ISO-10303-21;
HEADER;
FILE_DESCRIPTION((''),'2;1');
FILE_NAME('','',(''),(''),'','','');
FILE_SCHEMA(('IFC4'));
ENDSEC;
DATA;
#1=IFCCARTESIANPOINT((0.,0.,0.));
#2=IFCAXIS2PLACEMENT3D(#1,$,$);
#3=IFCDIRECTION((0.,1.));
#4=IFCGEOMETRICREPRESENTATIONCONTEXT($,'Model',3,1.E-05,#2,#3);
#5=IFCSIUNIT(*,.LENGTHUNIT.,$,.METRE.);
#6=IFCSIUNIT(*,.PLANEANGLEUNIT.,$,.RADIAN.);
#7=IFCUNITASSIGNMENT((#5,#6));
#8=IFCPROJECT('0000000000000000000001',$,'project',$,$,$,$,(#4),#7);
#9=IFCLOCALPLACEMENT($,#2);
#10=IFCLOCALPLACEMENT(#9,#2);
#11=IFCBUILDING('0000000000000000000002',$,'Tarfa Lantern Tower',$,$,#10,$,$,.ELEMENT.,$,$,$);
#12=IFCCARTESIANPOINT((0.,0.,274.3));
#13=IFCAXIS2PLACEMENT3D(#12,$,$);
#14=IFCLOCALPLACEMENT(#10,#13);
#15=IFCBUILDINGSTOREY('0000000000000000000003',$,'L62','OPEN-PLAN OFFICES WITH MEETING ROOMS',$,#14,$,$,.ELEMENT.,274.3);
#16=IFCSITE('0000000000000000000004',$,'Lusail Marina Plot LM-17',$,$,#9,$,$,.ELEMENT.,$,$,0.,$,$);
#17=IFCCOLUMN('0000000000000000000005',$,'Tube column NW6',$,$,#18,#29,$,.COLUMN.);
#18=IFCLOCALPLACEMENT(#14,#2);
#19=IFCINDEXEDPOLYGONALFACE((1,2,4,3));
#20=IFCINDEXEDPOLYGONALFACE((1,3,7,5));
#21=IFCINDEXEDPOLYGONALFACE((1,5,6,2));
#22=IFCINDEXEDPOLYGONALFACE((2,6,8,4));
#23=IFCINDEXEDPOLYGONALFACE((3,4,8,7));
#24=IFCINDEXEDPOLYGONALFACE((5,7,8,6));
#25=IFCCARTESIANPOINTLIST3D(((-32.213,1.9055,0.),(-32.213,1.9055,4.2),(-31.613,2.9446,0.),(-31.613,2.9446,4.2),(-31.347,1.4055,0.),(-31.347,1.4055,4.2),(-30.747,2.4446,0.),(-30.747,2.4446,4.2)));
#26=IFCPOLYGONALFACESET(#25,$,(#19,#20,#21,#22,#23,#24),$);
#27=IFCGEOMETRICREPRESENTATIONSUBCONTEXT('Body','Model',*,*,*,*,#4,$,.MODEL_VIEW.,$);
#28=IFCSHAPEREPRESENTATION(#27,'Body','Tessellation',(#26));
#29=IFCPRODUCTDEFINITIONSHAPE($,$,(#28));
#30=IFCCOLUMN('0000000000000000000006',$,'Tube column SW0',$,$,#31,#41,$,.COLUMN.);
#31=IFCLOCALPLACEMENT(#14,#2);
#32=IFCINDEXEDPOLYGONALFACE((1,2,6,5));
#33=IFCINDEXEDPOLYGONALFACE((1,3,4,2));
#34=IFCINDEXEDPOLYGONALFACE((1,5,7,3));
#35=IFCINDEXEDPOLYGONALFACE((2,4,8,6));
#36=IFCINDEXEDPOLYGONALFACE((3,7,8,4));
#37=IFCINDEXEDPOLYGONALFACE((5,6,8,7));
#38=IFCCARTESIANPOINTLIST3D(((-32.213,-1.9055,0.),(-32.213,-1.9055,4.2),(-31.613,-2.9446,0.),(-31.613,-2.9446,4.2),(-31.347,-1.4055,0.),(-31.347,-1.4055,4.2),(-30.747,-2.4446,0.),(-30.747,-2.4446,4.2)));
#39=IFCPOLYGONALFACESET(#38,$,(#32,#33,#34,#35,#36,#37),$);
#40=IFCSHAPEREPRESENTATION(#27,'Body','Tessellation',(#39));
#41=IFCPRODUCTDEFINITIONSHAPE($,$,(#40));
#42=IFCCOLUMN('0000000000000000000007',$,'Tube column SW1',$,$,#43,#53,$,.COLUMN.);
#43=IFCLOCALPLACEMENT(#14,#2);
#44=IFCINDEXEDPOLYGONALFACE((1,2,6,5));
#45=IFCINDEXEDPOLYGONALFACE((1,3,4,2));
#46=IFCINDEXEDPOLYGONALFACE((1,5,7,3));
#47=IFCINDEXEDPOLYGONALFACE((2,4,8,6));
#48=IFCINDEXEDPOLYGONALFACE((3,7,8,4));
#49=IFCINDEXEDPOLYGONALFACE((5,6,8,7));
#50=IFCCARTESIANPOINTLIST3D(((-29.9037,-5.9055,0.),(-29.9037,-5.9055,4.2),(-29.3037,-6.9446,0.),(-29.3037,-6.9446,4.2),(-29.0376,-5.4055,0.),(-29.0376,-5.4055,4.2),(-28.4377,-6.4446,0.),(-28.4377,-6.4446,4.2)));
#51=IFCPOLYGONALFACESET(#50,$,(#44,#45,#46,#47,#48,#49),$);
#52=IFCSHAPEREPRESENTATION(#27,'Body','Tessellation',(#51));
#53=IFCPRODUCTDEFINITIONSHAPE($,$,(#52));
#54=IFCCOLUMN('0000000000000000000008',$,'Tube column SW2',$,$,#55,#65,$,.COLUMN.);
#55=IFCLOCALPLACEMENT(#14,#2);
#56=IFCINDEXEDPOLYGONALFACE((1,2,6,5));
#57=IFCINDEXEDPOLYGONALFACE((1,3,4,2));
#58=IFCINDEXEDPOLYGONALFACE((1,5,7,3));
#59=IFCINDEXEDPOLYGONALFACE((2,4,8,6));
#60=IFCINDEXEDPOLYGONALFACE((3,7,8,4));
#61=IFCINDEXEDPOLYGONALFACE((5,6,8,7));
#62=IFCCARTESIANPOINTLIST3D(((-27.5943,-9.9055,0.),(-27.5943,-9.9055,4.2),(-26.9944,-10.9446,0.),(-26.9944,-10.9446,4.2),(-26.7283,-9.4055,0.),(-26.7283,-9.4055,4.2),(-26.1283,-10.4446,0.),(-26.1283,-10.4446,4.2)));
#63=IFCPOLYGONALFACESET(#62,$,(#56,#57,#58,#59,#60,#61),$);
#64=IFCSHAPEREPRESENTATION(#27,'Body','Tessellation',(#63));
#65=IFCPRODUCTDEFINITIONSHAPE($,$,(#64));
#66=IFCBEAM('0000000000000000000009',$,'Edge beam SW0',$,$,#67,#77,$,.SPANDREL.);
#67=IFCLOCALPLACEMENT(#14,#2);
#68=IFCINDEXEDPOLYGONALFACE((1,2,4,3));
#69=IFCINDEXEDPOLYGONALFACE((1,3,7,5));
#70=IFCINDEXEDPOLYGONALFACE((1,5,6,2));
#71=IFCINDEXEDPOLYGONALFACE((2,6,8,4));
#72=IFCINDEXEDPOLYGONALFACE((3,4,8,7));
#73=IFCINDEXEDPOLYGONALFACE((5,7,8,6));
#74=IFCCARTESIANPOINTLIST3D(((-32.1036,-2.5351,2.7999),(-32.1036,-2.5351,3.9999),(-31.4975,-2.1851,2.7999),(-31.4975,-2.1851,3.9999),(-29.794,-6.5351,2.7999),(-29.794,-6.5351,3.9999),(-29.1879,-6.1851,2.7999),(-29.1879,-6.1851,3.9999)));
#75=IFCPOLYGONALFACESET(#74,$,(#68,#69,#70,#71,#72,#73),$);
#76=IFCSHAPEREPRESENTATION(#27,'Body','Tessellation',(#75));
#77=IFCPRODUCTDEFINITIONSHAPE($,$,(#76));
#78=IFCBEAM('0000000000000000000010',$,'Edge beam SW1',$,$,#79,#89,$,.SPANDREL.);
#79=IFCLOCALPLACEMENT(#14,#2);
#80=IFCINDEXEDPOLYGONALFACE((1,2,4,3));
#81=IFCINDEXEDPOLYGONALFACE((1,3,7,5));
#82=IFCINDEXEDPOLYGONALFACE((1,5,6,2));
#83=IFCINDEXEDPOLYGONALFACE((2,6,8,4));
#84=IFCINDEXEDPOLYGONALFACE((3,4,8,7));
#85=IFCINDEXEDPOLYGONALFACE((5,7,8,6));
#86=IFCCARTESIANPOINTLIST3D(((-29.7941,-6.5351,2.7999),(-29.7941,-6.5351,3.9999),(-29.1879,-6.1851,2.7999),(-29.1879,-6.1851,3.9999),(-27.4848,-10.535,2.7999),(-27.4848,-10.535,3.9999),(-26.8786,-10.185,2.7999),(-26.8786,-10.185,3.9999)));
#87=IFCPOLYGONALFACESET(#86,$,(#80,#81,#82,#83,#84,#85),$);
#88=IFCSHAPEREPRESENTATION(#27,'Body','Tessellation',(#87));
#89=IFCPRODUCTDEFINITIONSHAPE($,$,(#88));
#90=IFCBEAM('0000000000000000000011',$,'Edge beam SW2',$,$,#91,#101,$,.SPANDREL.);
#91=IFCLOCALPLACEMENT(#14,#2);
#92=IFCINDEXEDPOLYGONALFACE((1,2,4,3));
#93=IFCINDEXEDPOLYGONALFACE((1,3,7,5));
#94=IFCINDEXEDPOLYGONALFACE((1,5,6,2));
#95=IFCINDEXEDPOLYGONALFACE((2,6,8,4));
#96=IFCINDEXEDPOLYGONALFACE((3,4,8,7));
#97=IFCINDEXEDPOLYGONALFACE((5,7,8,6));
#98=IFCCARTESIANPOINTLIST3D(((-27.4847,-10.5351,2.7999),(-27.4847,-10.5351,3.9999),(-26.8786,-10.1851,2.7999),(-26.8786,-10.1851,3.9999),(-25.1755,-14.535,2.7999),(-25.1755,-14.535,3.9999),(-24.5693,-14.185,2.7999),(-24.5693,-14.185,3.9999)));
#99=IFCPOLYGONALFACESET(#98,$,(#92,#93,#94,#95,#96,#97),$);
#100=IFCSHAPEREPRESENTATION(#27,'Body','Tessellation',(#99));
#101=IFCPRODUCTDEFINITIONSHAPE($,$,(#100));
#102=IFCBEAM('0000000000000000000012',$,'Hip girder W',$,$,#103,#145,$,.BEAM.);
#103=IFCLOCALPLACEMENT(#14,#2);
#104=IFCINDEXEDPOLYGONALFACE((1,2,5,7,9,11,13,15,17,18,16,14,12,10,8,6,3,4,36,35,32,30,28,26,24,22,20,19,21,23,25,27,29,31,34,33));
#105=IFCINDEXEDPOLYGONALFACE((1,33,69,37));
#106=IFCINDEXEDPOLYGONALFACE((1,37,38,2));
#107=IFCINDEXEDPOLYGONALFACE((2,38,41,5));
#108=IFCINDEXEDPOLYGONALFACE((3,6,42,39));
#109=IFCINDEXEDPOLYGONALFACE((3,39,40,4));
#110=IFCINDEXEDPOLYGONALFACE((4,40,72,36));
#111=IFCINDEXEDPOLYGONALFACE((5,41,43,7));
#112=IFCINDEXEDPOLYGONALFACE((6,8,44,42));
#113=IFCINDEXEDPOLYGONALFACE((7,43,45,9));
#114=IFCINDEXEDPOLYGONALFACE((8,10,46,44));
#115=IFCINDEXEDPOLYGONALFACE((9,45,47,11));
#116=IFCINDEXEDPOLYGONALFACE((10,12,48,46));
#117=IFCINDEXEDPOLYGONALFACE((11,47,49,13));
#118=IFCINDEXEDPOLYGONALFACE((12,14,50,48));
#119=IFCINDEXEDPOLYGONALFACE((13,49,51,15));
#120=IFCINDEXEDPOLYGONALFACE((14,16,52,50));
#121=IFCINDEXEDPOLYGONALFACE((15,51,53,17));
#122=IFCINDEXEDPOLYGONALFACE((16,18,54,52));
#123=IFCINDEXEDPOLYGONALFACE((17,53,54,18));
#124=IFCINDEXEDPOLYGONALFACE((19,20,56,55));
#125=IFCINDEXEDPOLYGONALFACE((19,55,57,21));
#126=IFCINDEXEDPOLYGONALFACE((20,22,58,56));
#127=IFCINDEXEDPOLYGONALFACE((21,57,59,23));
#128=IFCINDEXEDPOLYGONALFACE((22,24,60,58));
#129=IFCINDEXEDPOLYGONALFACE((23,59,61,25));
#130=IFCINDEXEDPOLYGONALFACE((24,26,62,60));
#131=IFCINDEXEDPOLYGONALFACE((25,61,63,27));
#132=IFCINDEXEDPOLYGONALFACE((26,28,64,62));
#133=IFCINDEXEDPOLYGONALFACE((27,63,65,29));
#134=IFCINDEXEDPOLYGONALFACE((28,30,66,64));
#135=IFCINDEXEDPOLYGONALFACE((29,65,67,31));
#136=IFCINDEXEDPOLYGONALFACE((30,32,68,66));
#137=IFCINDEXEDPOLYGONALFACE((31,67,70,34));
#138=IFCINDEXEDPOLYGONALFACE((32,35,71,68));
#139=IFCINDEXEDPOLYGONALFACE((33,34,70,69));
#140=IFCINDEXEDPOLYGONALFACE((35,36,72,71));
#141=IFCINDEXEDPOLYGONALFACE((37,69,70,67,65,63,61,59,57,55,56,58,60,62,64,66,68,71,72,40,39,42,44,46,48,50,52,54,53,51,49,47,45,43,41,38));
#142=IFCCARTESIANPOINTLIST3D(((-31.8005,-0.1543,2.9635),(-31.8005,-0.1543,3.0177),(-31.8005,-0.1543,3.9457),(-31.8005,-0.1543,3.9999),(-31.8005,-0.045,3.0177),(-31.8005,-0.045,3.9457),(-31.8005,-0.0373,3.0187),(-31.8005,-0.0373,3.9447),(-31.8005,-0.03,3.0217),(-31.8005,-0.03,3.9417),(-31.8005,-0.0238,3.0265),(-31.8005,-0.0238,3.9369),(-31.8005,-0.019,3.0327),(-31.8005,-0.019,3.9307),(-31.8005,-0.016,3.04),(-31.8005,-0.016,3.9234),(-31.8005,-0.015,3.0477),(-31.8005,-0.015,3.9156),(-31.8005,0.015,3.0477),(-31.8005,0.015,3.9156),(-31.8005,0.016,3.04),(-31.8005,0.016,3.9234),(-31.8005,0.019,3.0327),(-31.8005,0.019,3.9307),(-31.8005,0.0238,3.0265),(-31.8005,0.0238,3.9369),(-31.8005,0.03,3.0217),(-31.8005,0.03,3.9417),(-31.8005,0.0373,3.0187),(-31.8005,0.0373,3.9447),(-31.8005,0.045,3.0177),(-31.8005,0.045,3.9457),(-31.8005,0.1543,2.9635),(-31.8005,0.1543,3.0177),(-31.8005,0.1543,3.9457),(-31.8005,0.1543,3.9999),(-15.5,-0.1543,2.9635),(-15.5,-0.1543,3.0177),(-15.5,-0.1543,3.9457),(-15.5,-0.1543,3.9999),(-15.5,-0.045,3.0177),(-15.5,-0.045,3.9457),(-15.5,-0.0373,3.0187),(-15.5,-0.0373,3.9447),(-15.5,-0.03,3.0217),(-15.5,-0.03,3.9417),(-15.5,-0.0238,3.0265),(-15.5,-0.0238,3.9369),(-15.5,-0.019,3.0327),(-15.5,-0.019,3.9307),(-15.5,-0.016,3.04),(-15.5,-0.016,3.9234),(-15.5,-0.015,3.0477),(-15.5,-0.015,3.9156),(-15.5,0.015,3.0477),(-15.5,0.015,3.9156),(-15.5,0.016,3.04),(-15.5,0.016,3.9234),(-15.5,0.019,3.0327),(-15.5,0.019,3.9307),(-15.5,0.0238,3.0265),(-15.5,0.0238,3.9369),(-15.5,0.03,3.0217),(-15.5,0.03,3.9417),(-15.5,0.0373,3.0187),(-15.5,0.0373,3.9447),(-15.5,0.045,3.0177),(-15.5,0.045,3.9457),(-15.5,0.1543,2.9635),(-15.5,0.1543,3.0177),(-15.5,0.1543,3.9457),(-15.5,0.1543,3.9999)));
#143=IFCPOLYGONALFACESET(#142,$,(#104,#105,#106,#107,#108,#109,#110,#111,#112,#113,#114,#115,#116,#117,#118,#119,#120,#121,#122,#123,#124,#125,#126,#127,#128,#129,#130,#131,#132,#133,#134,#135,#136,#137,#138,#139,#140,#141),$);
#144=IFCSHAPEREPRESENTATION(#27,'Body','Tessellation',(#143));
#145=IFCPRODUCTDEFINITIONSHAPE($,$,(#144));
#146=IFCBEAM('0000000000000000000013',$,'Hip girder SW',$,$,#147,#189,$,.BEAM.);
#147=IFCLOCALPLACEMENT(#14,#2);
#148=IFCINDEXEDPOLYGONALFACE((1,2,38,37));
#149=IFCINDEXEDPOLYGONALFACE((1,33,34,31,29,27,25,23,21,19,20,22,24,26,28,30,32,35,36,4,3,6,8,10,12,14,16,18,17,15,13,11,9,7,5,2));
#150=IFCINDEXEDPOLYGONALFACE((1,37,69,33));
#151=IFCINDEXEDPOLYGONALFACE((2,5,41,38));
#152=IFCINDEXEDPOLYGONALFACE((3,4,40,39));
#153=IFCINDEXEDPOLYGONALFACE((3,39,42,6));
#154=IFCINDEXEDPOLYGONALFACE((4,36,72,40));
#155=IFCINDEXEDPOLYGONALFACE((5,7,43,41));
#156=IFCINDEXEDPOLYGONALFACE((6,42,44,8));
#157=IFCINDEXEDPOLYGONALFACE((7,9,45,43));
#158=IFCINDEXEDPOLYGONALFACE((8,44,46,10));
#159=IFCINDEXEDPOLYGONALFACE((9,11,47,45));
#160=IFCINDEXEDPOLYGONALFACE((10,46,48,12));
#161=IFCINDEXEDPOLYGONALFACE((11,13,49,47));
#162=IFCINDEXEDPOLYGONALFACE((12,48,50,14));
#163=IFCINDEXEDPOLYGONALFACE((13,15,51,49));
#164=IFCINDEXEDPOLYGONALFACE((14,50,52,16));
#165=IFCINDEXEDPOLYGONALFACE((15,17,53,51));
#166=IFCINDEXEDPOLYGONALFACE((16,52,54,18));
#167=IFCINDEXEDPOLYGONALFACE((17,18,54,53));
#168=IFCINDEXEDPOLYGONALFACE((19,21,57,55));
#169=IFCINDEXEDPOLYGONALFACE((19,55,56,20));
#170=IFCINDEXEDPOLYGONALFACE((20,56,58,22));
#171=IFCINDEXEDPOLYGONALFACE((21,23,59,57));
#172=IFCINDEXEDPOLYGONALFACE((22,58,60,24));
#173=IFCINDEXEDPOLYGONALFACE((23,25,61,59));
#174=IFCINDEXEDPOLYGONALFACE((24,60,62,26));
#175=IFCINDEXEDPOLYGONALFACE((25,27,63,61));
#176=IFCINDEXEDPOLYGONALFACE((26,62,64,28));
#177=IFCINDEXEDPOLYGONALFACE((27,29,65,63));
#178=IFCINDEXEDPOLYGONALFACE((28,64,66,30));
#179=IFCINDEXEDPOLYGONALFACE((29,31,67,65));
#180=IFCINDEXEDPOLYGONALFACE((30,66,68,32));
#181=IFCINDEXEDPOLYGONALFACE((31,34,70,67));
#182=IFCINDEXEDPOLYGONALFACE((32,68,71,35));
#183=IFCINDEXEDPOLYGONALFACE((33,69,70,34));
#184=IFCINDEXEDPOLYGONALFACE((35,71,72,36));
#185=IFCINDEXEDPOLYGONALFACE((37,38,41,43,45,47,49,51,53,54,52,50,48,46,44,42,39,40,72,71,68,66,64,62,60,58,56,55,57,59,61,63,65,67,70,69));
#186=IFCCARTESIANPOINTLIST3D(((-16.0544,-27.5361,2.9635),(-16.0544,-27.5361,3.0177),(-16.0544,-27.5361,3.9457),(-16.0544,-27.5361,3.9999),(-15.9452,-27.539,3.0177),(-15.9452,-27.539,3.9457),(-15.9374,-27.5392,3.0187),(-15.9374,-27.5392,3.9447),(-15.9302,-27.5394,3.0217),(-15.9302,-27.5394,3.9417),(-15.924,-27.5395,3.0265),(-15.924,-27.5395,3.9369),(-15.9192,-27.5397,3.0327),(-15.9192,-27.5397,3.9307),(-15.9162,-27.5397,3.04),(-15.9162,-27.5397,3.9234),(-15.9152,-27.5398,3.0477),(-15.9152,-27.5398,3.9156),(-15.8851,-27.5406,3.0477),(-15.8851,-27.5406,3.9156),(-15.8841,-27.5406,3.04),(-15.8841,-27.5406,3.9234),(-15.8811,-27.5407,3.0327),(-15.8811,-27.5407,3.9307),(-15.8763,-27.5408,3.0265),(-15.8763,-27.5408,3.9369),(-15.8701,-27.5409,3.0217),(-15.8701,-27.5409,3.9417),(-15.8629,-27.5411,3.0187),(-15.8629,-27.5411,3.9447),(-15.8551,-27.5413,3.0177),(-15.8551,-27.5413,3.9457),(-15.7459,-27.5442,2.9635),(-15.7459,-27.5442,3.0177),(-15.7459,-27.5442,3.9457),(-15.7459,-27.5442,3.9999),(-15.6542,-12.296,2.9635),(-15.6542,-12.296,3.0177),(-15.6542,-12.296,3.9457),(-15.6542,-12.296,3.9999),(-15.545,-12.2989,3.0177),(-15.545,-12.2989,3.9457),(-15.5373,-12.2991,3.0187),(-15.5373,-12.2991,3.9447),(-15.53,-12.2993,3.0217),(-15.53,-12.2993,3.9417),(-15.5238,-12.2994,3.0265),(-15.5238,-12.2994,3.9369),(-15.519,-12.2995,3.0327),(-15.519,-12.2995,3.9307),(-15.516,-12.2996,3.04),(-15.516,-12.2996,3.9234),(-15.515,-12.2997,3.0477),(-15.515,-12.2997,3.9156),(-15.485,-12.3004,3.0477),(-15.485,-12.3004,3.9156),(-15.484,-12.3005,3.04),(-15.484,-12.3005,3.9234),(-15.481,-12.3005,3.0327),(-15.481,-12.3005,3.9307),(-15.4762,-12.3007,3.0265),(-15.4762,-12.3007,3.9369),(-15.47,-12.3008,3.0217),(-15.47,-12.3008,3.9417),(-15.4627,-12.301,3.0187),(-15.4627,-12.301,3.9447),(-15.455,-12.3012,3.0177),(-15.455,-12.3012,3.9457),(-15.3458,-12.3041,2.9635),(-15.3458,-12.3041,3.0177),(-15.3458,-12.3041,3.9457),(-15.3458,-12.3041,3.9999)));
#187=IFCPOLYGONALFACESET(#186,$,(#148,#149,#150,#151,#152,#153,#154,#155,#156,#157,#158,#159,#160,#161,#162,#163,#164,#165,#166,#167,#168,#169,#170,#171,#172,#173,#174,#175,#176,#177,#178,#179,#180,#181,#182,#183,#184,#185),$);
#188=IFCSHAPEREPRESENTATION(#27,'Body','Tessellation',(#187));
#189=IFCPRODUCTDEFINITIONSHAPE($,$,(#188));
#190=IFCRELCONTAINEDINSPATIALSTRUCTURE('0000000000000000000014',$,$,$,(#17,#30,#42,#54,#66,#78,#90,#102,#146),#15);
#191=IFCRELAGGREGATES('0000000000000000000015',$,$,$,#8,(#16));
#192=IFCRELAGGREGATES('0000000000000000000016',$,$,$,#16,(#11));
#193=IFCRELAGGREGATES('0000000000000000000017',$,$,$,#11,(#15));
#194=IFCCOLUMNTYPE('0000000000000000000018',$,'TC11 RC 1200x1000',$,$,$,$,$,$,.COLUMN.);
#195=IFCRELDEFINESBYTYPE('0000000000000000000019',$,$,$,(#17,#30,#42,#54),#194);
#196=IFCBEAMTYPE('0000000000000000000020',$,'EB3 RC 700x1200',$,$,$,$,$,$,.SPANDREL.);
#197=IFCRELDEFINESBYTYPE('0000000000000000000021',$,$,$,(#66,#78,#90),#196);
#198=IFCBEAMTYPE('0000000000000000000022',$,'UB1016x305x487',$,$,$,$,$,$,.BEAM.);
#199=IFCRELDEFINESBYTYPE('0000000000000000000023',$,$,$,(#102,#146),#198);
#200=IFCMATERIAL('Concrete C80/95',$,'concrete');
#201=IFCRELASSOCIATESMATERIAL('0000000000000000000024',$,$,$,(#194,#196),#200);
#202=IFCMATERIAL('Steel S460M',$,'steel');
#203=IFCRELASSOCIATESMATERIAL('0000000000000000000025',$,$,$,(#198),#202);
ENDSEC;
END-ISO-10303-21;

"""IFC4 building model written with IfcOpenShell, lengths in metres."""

from ifc_helpers import new_model, si_unit, direction, frame, origin, origin_2d, place, context, subcontext, project, spatial, rectangle, i_section, extrude, material, material_profile, profile_set, type_object, element, save


model = new_model("IFC4")

# Units and contexts
model_context = context("Model", 3, precision=1e-05, world=origin(), true_north=direction((0.0, 1.0)))
body_context = subcontext(model_context, "Body", "Model", "MODEL_VIEW")
ifc_project = project(units=[si_unit("LENGTHUNIT", "METRE"), si_unit("PLANEANGLEUNIT", "RADIAN")], contexts=[model_context])

# Site, building, storey
site_placement = place(None, origin())
site = spatial("IfcSite", under=ifc_project, at=site_placement, Name="Lusail Marina Plot LM-17", CompositionType="ELEMENT", RefElevation=0.0)
building_placement = place(site_placement, origin())
building = spatial("IfcBuilding", under=site, at=building_placement, Name="Tarfa Lantern Tower", CompositionType="ELEMENT")
storey_placement = place(building_placement, frame((0.0, 0.0, 274.3)))
storey = spatial("IfcBuildingStorey", under=building, at=storey_placement, Name="L62", Description="OPEN-PLAN OFFICES WITH MEETING ROOMS", CompositionType="ELEMENT", Elevation=274.3)

# Columns
ifc_material_1 = material(Name="Concrete C80/95", Category="concrete")
ifc_material_profile_1 = material_profile(ifc_material_1, rectangle(XDim=1.2, YDim=1.0, at=origin_2d()), Name="RC 1200x1000")
ifc_profile_set_1 = profile_set([ifc_material_profile_1], Name="Concrete C80/95")
column_type = type_object("IfcColumnType", Name="TC11 RC 1200x1000", PredefinedType="COLUMN", material=ifc_profile_set_1)
for number, where, z_axis, x_axis, name in (
    (1, (-31.48, 2.175, 0.0), (0.0, 0.0, 1.0), (-0.5, -0.866025, 0.0), "Tube column NW6"),
    (2, (-31.48, -2.175, 0.0), (0.0, 0.0, 1.0), (0.5, -0.866025, 0.0), "Tube column SW0"),
    (3, (-29.1707, -6.175, 0.0), (0.0, 0.0, 1.0), (0.5, -0.866025, 0.0), "Tube column SW1"),
    (4, (-26.8613, -10.175, 0.0), (0.0, 0.0, 1.0), (0.5, -0.866025, 0.0), "Tube column SW2"),
):
    element("IfcColumn", number, at=place(storey_placement, frame(where, z_axis=z_axis, x_axis=x_axis)), inside=storey, type_object=column_type, Name=name, PredefinedType="COLUMN", context=body_context, shape_type="SweptSolid", body=[
        extrude(rectangle(XDim=1.2, YDim=1.0, at=origin_2d()), origin(), (0.0, 0.0, 1.0), 4.2),
    ])

# Beams
ifc_material_profile_2 = material_profile(ifc_material_1, rectangle(XDim=0.7, YDim=1.2, at=origin_2d()), Name="RC 700x1200")
ifc_profile_set_2 = profile_set([ifc_material_profile_2], Name="Concrete C80/95")
beam_type_1 = type_object("IfcBeamType", Name="EB3 RC 700x1200", PredefinedType="SPANDREL", material=ifc_profile_set_2)
beam_1_placement = place(storey_placement, frame((-31.8005, -2.3601, 3.3999), z_axis=(0.500027, -0.86601, 0.0), x_axis=(0.86601, 0.500027, 0.0)))
element("IfcBeam", 5, at=beam_1_placement, inside=storey, type_object=beam_type_1, Name="Edge beam SW0", PredefinedType="SPANDREL", context=body_context, shape_type="SweptSolid", body=[
    extrude(rectangle(XDim=0.7, YDim=1.2, at=origin_2d()), origin(), (0.0, 0.0, 1.0), 4.6189),
])
for number, where, z_axis, x_axis, name in (
    (6, (-29.491, -6.3601, 3.3999), (0.499988, -0.866032, 0.0), (0.866032, 0.499988, 0.0), "Edge beam SW1"),
    (7, (-27.1816, -10.3601, 3.3999), (0.499988, -0.866032, 0.0), (0.866032, 0.499988, 0.0), "Edge beam SW2"),
):
    element("IfcBeam", number, at=place(storey_placement, frame(where, z_axis=z_axis, x_axis=x_axis)), inside=storey, type_object=beam_type_1, Name=name, PredefinedType="SPANDREL", context=body_context, shape_type="SweptSolid", body=[
        extrude(rectangle(XDim=0.7, YDim=1.2, at=origin_2d()), origin(), (0.0, 0.0, 1.0), 4.6187),
    ])
ifc_material_2 = material(Name="Steel S460M", Category="steel")
ifc_material_profile_3 = material_profile(ifc_material_2, i_section(OverallWidth=0.3086, OverallDepth=1.0364, WebThickness=0.03, FlangeThickness=0.0542, FilletRadius=0.03, at=origin_2d()), Name="UB1016x305x487")
ifc_profile_set_3 = profile_set([ifc_material_profile_3], Name="Steel S460M")
beam_type_2 = type_object("IfcBeamType", Name="UB1016x305x487", PredefinedType="BEAM", material=ifc_profile_set_3)
beam_2_placement = place(storey_placement, frame((-15.5, 0.0, 3.4817), z_axis=(-1.0, 0.0, 0.0), x_axis=(0.0, -1.0, 0.0)))
element("IfcBeam", 8, at=beam_2_placement, inside=storey, type_object=beam_type_2, Name="Hip girder W", PredefinedType="BEAM", context=body_context, shape_type="SweptSolid", body=[
    extrude(i_section(OverallWidth=0.3086, OverallDepth=1.0364, WebThickness=0.03, FlangeThickness=0.0542, FilletRadius=0.03, at=origin_2d()), origin(), (0.0, 0.0, 1.0), 16.3005),
])
beam_3_placement = place(storey_placement, frame((-15.5, -12.3, 3.4817), z_axis=(-0.026247, -0.999655, 0.0), x_axis=(0.999655, -0.026247, 0.0)))
element("IfcBeam", 9, at=beam_3_placement, inside=storey, type_object=beam_type_2, Name="Hip girder SW", PredefinedType="BEAM", context=body_context, shape_type="SweptSolid", body=[
    extrude(i_section(OverallWidth=0.3086, OverallDepth=1.0364, WebThickness=0.03, FlangeThickness=0.0542, FilletRadius=0.03, at=origin_2d()), origin(), (0.0, 0.0, 1.0), 15.2454),
])

save(model, "model.ifc")
